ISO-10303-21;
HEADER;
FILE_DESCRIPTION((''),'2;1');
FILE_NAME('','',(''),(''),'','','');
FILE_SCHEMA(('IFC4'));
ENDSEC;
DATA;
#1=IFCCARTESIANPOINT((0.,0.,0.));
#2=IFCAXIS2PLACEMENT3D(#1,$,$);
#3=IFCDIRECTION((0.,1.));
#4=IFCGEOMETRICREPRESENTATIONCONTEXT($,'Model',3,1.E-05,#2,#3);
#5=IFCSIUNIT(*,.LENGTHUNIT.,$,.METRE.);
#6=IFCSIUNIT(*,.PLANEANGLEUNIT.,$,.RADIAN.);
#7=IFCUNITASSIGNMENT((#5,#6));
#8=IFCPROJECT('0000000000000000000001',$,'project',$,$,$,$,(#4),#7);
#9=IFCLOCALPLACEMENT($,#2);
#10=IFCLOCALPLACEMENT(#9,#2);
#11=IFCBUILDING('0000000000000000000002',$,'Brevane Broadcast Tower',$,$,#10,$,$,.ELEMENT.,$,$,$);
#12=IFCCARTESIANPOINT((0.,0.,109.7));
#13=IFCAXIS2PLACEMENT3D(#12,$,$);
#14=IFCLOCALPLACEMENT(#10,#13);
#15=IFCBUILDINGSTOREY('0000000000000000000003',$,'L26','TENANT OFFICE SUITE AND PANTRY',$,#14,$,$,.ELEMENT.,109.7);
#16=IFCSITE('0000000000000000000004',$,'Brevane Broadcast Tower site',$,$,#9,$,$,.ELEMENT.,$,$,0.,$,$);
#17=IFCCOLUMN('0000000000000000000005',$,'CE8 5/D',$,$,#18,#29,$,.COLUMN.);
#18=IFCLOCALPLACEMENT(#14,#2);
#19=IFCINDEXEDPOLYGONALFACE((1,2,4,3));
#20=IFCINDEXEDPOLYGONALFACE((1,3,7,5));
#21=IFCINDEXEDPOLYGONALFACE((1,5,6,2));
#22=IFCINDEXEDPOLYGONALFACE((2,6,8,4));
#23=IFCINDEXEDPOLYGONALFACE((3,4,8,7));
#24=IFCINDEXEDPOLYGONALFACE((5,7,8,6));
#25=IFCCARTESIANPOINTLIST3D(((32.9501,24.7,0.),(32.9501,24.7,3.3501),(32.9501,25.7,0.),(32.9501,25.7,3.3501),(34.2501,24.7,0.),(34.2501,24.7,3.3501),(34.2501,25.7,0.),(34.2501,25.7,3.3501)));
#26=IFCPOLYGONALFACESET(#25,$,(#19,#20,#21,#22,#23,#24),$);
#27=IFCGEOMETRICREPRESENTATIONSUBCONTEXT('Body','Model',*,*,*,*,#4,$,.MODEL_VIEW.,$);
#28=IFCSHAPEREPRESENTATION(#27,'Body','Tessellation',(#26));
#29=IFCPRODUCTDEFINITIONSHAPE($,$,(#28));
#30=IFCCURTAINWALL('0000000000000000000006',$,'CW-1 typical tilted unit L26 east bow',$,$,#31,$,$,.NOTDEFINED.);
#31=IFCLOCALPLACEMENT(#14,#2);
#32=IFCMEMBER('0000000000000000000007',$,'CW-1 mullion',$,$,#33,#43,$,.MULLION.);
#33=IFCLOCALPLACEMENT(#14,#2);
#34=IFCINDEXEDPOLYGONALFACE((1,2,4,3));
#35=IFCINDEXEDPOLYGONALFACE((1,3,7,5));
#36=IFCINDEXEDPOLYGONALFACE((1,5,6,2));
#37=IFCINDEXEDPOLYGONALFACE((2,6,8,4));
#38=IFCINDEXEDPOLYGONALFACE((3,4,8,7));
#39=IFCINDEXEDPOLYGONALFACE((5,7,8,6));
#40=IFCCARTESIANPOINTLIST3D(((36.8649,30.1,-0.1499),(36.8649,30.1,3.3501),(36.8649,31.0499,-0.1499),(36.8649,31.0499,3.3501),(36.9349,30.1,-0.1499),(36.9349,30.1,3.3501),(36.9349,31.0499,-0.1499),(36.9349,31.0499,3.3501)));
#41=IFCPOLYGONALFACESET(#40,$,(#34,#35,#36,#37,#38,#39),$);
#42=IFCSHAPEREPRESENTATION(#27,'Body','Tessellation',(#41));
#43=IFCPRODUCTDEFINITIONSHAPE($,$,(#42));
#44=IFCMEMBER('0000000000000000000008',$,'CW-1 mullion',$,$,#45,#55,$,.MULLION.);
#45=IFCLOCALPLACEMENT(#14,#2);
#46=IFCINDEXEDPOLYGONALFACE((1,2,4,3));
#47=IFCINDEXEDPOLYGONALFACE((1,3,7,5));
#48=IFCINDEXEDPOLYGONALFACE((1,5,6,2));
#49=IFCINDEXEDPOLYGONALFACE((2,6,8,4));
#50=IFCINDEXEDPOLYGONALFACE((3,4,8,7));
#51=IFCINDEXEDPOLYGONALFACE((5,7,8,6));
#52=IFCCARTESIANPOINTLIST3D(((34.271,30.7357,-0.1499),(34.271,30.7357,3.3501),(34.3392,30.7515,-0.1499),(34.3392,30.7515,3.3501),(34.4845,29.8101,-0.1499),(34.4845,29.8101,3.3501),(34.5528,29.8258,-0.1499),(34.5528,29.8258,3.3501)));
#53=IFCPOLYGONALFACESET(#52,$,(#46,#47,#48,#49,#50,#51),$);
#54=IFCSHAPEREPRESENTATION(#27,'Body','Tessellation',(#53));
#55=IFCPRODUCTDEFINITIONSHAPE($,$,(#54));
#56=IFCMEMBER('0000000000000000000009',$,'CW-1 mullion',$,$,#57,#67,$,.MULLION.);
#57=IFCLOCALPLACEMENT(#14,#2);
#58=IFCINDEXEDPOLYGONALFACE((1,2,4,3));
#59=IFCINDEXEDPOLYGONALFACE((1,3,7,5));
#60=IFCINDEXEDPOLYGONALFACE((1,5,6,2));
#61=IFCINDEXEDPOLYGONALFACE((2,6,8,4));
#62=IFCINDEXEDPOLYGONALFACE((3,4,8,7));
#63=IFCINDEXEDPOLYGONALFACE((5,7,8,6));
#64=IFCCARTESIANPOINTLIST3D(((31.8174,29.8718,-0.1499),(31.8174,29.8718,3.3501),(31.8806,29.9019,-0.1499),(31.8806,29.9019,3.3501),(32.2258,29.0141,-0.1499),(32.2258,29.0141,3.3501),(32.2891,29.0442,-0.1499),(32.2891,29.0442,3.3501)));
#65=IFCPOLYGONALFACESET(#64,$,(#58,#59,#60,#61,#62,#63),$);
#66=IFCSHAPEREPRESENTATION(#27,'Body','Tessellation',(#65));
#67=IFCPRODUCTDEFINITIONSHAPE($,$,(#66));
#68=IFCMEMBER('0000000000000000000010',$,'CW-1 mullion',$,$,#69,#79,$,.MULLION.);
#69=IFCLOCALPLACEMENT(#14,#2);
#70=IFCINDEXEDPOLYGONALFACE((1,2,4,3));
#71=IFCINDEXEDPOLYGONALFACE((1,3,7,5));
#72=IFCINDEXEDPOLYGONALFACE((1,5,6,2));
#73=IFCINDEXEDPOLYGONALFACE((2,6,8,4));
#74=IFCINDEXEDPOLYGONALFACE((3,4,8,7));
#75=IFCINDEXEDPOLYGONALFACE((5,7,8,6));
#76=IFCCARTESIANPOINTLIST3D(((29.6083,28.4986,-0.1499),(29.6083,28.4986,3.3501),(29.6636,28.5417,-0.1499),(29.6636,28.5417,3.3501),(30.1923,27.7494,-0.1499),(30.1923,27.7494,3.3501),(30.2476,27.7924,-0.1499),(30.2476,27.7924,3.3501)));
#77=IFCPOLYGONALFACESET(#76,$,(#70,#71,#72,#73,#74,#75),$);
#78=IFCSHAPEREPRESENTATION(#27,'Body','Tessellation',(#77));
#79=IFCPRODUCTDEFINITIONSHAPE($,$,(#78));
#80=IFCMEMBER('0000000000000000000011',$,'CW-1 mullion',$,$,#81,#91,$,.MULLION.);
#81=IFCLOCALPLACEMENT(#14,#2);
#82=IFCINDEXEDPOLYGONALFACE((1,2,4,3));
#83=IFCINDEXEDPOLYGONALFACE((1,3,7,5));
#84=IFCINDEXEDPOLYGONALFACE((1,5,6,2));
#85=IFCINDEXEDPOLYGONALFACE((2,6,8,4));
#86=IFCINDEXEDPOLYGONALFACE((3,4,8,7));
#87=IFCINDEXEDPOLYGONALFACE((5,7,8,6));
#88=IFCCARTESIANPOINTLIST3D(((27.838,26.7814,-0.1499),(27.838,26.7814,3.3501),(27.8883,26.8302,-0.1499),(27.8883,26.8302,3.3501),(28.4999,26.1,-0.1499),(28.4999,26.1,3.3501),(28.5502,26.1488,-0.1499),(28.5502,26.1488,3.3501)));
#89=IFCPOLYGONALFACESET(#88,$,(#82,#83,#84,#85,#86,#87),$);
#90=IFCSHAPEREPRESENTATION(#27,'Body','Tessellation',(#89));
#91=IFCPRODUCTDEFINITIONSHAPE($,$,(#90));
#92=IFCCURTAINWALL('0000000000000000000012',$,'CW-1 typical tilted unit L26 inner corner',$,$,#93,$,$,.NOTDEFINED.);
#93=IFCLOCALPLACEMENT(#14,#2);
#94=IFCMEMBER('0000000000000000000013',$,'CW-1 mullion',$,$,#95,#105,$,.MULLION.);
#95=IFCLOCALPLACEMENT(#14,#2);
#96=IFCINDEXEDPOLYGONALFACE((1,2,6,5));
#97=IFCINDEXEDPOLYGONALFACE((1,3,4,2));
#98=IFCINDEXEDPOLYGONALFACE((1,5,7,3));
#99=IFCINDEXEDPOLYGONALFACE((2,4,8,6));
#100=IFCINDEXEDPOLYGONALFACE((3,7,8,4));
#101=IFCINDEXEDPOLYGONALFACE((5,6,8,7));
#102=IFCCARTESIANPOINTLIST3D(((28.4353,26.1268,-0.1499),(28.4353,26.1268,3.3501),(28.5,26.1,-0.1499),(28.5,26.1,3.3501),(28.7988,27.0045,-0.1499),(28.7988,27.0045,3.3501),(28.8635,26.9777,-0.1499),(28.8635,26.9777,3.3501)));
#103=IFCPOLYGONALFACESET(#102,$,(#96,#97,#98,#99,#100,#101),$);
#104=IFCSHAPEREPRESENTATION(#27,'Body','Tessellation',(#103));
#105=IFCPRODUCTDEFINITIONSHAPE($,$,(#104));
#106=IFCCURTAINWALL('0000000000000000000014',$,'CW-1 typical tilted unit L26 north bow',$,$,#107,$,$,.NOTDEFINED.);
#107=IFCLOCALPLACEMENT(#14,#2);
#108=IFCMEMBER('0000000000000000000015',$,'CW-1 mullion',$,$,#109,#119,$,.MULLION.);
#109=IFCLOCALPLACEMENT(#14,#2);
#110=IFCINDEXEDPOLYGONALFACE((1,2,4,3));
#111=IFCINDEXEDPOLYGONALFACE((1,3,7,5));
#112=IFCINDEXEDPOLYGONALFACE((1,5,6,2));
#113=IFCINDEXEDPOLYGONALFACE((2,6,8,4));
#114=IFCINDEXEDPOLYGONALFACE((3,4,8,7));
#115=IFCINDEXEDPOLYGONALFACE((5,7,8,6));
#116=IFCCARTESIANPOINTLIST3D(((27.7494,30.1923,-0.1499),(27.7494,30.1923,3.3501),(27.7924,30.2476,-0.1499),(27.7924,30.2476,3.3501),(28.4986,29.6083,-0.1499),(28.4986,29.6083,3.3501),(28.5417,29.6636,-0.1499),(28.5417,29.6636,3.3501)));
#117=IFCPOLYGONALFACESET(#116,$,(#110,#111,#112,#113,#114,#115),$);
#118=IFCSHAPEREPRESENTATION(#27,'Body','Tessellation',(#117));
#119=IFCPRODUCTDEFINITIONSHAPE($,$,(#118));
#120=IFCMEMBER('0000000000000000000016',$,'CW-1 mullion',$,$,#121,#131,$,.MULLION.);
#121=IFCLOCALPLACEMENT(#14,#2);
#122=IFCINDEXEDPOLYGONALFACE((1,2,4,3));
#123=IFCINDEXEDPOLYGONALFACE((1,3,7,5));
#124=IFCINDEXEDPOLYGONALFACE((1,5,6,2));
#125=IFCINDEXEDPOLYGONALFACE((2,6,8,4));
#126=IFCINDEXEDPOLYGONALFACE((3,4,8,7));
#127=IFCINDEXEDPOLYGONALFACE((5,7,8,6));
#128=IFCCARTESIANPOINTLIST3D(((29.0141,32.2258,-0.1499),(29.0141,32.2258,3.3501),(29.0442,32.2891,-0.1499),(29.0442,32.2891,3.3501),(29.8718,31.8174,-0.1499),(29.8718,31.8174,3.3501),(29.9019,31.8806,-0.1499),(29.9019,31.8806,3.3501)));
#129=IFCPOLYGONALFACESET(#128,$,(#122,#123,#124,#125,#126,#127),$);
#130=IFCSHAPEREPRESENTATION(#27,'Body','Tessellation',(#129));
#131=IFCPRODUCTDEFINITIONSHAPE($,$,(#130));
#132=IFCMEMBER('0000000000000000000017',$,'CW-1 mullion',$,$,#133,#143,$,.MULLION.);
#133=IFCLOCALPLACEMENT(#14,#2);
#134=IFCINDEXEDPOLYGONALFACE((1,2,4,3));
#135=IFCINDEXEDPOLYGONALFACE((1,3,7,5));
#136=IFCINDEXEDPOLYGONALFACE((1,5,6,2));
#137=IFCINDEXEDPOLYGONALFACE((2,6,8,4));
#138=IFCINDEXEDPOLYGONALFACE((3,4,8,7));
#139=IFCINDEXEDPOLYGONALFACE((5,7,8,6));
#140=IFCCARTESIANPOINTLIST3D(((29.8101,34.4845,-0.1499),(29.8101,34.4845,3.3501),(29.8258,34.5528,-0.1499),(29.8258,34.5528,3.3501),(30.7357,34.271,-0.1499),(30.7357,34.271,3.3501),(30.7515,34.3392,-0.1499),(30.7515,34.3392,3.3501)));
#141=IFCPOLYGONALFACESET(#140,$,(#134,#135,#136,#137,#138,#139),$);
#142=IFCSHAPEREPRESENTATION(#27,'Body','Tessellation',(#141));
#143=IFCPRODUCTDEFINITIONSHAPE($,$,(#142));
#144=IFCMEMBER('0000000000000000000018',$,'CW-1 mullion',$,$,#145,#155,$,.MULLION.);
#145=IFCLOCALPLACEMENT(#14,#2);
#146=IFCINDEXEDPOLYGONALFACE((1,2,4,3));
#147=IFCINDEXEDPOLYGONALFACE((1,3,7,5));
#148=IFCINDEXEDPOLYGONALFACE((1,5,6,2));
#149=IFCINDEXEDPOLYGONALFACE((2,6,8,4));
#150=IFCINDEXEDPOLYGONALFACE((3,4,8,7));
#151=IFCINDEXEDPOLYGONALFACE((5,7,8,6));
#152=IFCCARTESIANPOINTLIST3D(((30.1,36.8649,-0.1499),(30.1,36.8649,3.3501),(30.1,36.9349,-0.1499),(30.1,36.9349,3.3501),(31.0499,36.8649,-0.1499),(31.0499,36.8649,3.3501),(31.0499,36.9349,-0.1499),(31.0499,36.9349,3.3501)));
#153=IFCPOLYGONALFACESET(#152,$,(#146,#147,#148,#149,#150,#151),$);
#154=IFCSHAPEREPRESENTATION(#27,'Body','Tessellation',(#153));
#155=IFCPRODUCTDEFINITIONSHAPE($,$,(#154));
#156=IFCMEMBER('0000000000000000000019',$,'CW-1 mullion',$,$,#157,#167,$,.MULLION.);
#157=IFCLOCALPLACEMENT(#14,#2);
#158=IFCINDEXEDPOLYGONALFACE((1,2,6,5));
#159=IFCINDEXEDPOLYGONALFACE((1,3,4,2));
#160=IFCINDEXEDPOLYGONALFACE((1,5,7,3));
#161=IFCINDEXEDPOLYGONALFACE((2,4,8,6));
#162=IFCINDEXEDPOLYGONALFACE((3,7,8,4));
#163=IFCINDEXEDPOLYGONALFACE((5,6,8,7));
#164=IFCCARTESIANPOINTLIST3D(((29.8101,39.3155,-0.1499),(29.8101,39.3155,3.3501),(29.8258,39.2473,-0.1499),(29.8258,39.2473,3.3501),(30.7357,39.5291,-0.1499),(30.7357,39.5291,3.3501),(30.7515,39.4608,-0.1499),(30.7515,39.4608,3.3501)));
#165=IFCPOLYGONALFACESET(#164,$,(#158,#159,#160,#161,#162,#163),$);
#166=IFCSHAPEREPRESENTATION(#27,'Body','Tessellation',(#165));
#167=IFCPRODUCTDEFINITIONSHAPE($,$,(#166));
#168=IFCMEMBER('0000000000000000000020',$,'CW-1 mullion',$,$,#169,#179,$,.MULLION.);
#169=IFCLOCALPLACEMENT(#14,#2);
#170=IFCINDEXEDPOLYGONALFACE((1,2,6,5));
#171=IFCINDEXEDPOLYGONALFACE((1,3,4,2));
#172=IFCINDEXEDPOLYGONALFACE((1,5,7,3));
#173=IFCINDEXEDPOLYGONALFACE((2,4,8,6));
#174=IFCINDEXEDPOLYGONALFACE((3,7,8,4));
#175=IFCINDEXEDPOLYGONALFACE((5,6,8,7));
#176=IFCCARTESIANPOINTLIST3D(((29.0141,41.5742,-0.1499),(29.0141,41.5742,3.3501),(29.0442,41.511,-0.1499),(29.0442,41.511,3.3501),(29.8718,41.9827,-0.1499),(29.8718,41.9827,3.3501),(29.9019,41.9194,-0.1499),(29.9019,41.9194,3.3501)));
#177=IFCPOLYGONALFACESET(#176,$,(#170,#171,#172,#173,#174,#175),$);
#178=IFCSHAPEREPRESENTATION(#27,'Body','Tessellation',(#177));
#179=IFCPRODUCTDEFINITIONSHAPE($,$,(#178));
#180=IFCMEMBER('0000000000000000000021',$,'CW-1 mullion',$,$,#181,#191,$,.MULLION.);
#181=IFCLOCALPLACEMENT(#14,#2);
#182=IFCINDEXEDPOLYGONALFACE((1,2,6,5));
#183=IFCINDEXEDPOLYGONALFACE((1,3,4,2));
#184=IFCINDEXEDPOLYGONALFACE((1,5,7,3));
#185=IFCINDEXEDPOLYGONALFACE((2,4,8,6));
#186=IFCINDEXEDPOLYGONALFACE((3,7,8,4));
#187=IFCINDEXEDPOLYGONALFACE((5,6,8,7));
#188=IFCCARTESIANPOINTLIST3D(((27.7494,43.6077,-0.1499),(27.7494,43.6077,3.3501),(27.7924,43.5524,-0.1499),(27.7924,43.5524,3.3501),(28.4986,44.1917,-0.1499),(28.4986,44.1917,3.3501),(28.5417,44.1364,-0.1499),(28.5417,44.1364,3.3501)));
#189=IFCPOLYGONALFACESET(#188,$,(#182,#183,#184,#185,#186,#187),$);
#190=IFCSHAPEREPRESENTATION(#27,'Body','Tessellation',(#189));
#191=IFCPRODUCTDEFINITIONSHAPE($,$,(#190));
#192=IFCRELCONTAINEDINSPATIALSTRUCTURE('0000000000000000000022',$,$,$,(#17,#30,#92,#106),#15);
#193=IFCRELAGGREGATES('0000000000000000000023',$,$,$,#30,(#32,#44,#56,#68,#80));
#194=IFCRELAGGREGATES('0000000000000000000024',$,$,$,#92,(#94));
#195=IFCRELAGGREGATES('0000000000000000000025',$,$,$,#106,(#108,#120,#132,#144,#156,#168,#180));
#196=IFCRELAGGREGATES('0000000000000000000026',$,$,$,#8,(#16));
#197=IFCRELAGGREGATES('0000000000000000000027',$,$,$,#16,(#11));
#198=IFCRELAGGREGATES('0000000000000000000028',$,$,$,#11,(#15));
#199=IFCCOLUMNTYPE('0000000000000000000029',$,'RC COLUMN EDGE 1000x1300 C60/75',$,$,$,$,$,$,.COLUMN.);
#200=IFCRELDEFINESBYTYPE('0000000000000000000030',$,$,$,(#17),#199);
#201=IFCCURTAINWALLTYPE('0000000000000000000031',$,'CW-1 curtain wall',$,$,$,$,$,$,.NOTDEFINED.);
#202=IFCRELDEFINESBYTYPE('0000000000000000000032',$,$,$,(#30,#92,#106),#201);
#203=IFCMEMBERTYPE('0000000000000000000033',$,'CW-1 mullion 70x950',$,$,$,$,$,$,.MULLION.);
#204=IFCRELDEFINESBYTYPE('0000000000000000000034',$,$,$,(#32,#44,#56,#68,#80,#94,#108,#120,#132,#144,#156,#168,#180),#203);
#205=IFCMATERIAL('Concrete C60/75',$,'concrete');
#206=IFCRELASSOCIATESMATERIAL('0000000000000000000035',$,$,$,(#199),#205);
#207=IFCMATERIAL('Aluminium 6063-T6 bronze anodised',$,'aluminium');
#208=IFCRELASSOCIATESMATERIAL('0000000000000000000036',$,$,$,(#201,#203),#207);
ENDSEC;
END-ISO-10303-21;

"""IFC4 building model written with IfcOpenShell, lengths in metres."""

from ifc_helpers import new_model, si_unit, direction, frame, origin, origin_2d, place, context, subcontext, project, spatial, rectangle, extrude, material, material_profile, profile_set, type_object, element, aggregate, save


model = new_model("IFC4")

# Units and contexts
model_context = context("Model", 3, precision=1e-05, world=origin(), true_north=direction((0.0, 1.0)))
body_context = subcontext(model_context, "Body", "Model", "MODEL_VIEW")
ifc_project = project(units=[si_unit("LENGTHUNIT", "METRE"), si_unit("PLANEANGLEUNIT", "RADIAN")], contexts=[model_context])

# Site, building, storey
site_placement = place(None, origin())
site = spatial("IfcSite", under=ifc_project, at=site_placement, Name="Brevane Broadcast Tower site", CompositionType="ELEMENT", RefElevation=0.0)
building_placement = place(site_placement, origin())
building = spatial("IfcBuilding", under=site, at=building_placement, Name="Brevane Broadcast Tower", CompositionType="ELEMENT")
storey_placement = place(building_placement, frame((0.0, 0.0, 109.7)))
storey = spatial("IfcBuildingStorey", under=building, at=storey_placement, Name="L26", Description="TENANT OFFICE SUITE AND PANTRY", CompositionType="ELEMENT", Elevation=109.7)

# Column
ifc_material_1 = material(Name="Concrete C60/75", Category="concrete")
ifc_material_profile_1 = material_profile(ifc_material_1, rectangle(XDim=1.0, YDim=1.3, at=origin_2d()), Name="RC 1000x1300")
ifc_profile_set_1 = profile_set([ifc_material_profile_1], Name="Concrete C60/75")
column_type = type_object("IfcColumnType", Name="RC COLUMN EDGE 1000x1300 C60/75", PredefinedType="COLUMN", material=ifc_profile_set_1)
column_placement = place(storey_placement, frame((33.6001, 25.2, 0.0), z_axis=(0.0, 0.0, 1.0), x_axis=(0.0, 1.0, 0.0)))
element("IfcColumn", 1, at=column_placement, inside=storey, type_object=column_type, Name="CE8 5/D", PredefinedType="COLUMN", context=body_context, shape_type="SweptSolid", body=[
    extrude(rectangle(XDim=1.0, YDim=1.3, at=origin_2d()), origin(), (0.0, 0.0, 1.0), 3.3501),
])

# Curtain wall, members
ifc_material_2 = material(Name="Aluminium 6063-T6 bronze anodised", Category="aluminium")
curtain_wall_type = type_object("IfcCurtainWallType", Name="CW-1 curtain wall", PredefinedType="NOTDEFINED", material=ifc_material_2)
curtain_wall_1_placement = place(storey_placement, origin())
curtain_wall_1 = element("IfcCurtainWall", 2, at=curtain_wall_1_placement, inside=storey, type_object=curtain_wall_type, Name="CW-1 typical tilted unit L26 east bow", PredefinedType="NOTDEFINED")
ifc_material_profile_2 = material_profile(ifc_material_2, rectangle(XDim=0.95, YDim=0.0701, at=origin_2d()), Name="RECT 70x950")
ifc_profile_set_2 = profile_set([ifc_material_profile_2], Name="Aluminium 6063-T6 bronze anodised")
member_type_1 = type_object("IfcMemberType", Name="CW-1 mullion 70x950", PredefinedType="MULLION", material=ifc_profile_set_2)
member_1_placement = place(storey_placement, frame((36.8999, 30.575, -0.1499), z_axis=(0.0, 0.0, 1.0), x_axis=(0.0, -1.0, 0.0)))
member_1 = element("IfcMember", 3, at=member_1_placement, type_object=member_type_1, Name="CW-1 mullion", PredefinedType="MULLION", context=body_context, shape_type="SweptSolid", body=[
    extrude(rectangle(XDim=0.95, YDim=0.0701, at=origin_2d()), origin(), (0.0, 0.0, 1.0), 3.5),
])
member_2_placement = place(storey_placement, frame((34.4119, 30.2808, -0.1499), z_axis=(0.0, 0.0, 1.0), x_axis=(0.224806, -0.974403, 0.0)))
member_2 = element("IfcMember", 4, at=member_2_placement, type_object=member_type_1, Name="CW-1 mullion", PredefinedType="MULLION", context=body_context, shape_type="SweptSolid", body=[
    extrude(rectangle(XDim=0.95, YDim=0.0701, at=origin_2d()), origin(), (0.0, 0.0, 1.0), 3.5),
])
member_3_placement = place(storey_placement, frame((32.0532, 29.458, -0.1499), z_axis=(0.0, 0.0, 1.0), x_axis=(0.429934, -0.902861, 0.0)))
member_3 = element("IfcMember", 5, at=member_3_placement, type_object=member_type_1, Name="CW-1 mullion", PredefinedType="MULLION", context=body_context, shape_type="SweptSolid", body=[
    extrude(rectangle(XDim=0.95, YDim=0.0701, at=origin_2d()), origin(), (0.0, 0.0, 1.0), 3.5),
])
member_4_placement = place(storey_placement, frame((29.928, 28.1455, -0.1499), z_axis=(0.0, 0.0, 1.0), x_axis=(0.61477, -0.788707, 0.0)))
member_4 = element("IfcMember", 6, at=member_4_placement, type_object=member_type_1, Name="CW-1 mullion", PredefinedType="MULLION", context=body_context, shape_type="SweptSolid", body=[
    extrude(rectangle(XDim=0.95, YDim=0.0701, at=origin_2d()), origin(), (0.0, 0.0, 1.0), 3.5),
])
member_5_placement = place(storey_placement, frame((28.1941, 26.4651, -0.1499), z_axis=(0.0, 0.0, 1.0), x_axis=(0.696812, -0.717254, 0.0)))
member_5 = element("IfcMember", 7, at=member_5_placement, type_object=member_type_1, Name="CW-1 mullion", PredefinedType="MULLION", context=body_context, shape_type="SweptSolid", body=[
    extrude(rectangle(XDim=0.95, YDim=0.0701, at=origin_2d()), origin(), (0.0, 0.0, 1.0), 3.5),
])

# Curtain wall, member
curtain_wall_2_placement = place(storey_placement, origin())
curtain_wall_2 = element("IfcCurtainWall", 8, at=curtain_wall_2_placement, inside=storey, type_object=curtain_wall_type, Name="CW-1 typical tilted unit L26 inner corner", PredefinedType="NOTDEFINED")
member_6_placement = place(storey_placement, frame((28.6494, 26.5522, -0.1499), z_axis=(0.0, 0.0, 1.0), x_axis=(-0.382684, -0.923879, 0.0)))
member_6 = element("IfcMember", 9, at=member_6_placement, type_object=member_type_1, Name="CW-1 mullion", PredefinedType="MULLION", context=body_context, shape_type="SweptSolid", body=[
    extrude(rectangle(XDim=0.95, YDim=0.0701, at=origin_2d()), origin(), (0.0, 0.0, 1.0), 3.5),
])

# Curtain wall, members
curtain_wall_3_placement = place(storey_placement, origin())
curtain_wall_3 = element("IfcCurtainWall", 10, at=curtain_wall_3_placement, inside=storey, type_object=curtain_wall_type, Name="CW-1 typical tilted unit L26 north bow", PredefinedType="NOTDEFINED")
member_7_placement = place(storey_placement, frame((28.1455, 29.928, -0.1499), z_axis=(0.0, 0.0, 1.0), x_axis=(-0.788707, 0.61477, 0.0)))
member_7 = element("IfcMember", 11, at=member_7_placement, type_object=member_type_1, Name="CW-1 mullion", PredefinedType="MULLION", context=body_context, shape_type="SweptSolid", body=[
    extrude(rectangle(XDim=0.95, YDim=0.0701, at=origin_2d()), origin(), (0.0, 0.0, 1.0), 3.5),
])
member_8_placement = place(storey_placement, frame((29.458, 32.0532, -0.1499), z_axis=(0.0, 0.0, 1.0), x_axis=(-0.902861, 0.429934, 0.0)))
member_8 = element("IfcMember", 12, at=member_8_placement, type_object=member_type_1, Name="CW-1 mullion", PredefinedType="MULLION", context=body_context, shape_type="SweptSolid", body=[
    extrude(rectangle(XDim=0.95, YDim=0.0701, at=origin_2d()), origin(), (0.0, 0.0, 1.0), 3.5),
])
member_9_placement = place(storey_placement, frame((30.2808, 34.4119, -0.1499), z_axis=(0.0, 0.0, 1.0), x_axis=(-0.974403, 0.224806, 0.0)))
member_9 = element("IfcMember", 13, at=member_9_placement, type_object=member_type_1, Name="CW-1 mullion", PredefinedType="MULLION", context=body_context, shape_type="SweptSolid", body=[
    extrude(rectangle(XDim=0.95, YDim=0.0701, at=origin_2d()), origin(), (0.0, 0.0, 1.0), 3.5),
])
member_10_placement = place(storey_placement, frame((30.575, 36.8999, -0.1499), z_axis=(0.0, 0.0, 1.0), x_axis=(-1.0, 0.0, 0.0)))
member_10 = element("IfcMember", 14, at=member_10_placement, type_object=member_type_1, Name="CW-1 mullion", PredefinedType="MULLION", context=body_context, shape_type="SweptSolid", body=[
    extrude(rectangle(XDim=0.95, YDim=0.0701, at=origin_2d()), origin(), (0.0, 0.0, 1.0), 3.5),
])
member_11_placement = place(storey_placement, frame((30.2808, 39.3882, -0.1499), z_axis=(0.0, 0.0, 1.0), x_axis=(-0.974403, -0.224806, 0.0)))
member_11 = element("IfcMember", 15, at=member_11_placement, type_object=member_type_1, Name="CW-1 mullion", PredefinedType="MULLION", context=body_context, shape_type="SweptSolid", body=[
    extrude(rectangle(XDim=0.95, YDim=0.0701, at=origin_2d()), origin(), (0.0, 0.0, 1.0), 3.5),
])
member_12_placement = place(storey_placement, frame((29.458, 41.7468, -0.1499), z_axis=(0.0, 0.0, 1.0), x_axis=(-0.902861, -0.429934, 0.0)))
member_12 = element("IfcMember", 16, at=member_12_placement, type_object=member_type_1, Name="CW-1 mullion", PredefinedType="MULLION", context=body_context, shape_type="SweptSolid", body=[
    extrude(rectangle(XDim=0.95, YDim=0.0701, at=origin_2d()), origin(), (0.0, 0.0, 1.0), 3.5),
])
member_13_placement = place(storey_placement, frame((28.1455, 43.8721, -0.1499), z_axis=(0.0, 0.0, 1.0), x_axis=(-0.788707, -0.61477, 0.0)))
member_13 = element("IfcMember", 17, at=member_13_placement, type_object=member_type_1, Name="CW-1 mullion", PredefinedType="MULLION", context=body_context, shape_type="SweptSolid", body=[
    extrude(rectangle(XDim=0.95, YDim=0.0701, at=origin_2d()), origin(), (0.0, 0.0, 1.0), 3.5),
])

aggregate(curtain_wall_1, [member_1, member_2, member_3, member_4, member_5])
aggregate(curtain_wall_2, [member_6])
aggregate(curtain_wall_3, [member_7, member_8, member_9, member_10, member_11, member_12, member_13])

save(model, "model.ifc")
